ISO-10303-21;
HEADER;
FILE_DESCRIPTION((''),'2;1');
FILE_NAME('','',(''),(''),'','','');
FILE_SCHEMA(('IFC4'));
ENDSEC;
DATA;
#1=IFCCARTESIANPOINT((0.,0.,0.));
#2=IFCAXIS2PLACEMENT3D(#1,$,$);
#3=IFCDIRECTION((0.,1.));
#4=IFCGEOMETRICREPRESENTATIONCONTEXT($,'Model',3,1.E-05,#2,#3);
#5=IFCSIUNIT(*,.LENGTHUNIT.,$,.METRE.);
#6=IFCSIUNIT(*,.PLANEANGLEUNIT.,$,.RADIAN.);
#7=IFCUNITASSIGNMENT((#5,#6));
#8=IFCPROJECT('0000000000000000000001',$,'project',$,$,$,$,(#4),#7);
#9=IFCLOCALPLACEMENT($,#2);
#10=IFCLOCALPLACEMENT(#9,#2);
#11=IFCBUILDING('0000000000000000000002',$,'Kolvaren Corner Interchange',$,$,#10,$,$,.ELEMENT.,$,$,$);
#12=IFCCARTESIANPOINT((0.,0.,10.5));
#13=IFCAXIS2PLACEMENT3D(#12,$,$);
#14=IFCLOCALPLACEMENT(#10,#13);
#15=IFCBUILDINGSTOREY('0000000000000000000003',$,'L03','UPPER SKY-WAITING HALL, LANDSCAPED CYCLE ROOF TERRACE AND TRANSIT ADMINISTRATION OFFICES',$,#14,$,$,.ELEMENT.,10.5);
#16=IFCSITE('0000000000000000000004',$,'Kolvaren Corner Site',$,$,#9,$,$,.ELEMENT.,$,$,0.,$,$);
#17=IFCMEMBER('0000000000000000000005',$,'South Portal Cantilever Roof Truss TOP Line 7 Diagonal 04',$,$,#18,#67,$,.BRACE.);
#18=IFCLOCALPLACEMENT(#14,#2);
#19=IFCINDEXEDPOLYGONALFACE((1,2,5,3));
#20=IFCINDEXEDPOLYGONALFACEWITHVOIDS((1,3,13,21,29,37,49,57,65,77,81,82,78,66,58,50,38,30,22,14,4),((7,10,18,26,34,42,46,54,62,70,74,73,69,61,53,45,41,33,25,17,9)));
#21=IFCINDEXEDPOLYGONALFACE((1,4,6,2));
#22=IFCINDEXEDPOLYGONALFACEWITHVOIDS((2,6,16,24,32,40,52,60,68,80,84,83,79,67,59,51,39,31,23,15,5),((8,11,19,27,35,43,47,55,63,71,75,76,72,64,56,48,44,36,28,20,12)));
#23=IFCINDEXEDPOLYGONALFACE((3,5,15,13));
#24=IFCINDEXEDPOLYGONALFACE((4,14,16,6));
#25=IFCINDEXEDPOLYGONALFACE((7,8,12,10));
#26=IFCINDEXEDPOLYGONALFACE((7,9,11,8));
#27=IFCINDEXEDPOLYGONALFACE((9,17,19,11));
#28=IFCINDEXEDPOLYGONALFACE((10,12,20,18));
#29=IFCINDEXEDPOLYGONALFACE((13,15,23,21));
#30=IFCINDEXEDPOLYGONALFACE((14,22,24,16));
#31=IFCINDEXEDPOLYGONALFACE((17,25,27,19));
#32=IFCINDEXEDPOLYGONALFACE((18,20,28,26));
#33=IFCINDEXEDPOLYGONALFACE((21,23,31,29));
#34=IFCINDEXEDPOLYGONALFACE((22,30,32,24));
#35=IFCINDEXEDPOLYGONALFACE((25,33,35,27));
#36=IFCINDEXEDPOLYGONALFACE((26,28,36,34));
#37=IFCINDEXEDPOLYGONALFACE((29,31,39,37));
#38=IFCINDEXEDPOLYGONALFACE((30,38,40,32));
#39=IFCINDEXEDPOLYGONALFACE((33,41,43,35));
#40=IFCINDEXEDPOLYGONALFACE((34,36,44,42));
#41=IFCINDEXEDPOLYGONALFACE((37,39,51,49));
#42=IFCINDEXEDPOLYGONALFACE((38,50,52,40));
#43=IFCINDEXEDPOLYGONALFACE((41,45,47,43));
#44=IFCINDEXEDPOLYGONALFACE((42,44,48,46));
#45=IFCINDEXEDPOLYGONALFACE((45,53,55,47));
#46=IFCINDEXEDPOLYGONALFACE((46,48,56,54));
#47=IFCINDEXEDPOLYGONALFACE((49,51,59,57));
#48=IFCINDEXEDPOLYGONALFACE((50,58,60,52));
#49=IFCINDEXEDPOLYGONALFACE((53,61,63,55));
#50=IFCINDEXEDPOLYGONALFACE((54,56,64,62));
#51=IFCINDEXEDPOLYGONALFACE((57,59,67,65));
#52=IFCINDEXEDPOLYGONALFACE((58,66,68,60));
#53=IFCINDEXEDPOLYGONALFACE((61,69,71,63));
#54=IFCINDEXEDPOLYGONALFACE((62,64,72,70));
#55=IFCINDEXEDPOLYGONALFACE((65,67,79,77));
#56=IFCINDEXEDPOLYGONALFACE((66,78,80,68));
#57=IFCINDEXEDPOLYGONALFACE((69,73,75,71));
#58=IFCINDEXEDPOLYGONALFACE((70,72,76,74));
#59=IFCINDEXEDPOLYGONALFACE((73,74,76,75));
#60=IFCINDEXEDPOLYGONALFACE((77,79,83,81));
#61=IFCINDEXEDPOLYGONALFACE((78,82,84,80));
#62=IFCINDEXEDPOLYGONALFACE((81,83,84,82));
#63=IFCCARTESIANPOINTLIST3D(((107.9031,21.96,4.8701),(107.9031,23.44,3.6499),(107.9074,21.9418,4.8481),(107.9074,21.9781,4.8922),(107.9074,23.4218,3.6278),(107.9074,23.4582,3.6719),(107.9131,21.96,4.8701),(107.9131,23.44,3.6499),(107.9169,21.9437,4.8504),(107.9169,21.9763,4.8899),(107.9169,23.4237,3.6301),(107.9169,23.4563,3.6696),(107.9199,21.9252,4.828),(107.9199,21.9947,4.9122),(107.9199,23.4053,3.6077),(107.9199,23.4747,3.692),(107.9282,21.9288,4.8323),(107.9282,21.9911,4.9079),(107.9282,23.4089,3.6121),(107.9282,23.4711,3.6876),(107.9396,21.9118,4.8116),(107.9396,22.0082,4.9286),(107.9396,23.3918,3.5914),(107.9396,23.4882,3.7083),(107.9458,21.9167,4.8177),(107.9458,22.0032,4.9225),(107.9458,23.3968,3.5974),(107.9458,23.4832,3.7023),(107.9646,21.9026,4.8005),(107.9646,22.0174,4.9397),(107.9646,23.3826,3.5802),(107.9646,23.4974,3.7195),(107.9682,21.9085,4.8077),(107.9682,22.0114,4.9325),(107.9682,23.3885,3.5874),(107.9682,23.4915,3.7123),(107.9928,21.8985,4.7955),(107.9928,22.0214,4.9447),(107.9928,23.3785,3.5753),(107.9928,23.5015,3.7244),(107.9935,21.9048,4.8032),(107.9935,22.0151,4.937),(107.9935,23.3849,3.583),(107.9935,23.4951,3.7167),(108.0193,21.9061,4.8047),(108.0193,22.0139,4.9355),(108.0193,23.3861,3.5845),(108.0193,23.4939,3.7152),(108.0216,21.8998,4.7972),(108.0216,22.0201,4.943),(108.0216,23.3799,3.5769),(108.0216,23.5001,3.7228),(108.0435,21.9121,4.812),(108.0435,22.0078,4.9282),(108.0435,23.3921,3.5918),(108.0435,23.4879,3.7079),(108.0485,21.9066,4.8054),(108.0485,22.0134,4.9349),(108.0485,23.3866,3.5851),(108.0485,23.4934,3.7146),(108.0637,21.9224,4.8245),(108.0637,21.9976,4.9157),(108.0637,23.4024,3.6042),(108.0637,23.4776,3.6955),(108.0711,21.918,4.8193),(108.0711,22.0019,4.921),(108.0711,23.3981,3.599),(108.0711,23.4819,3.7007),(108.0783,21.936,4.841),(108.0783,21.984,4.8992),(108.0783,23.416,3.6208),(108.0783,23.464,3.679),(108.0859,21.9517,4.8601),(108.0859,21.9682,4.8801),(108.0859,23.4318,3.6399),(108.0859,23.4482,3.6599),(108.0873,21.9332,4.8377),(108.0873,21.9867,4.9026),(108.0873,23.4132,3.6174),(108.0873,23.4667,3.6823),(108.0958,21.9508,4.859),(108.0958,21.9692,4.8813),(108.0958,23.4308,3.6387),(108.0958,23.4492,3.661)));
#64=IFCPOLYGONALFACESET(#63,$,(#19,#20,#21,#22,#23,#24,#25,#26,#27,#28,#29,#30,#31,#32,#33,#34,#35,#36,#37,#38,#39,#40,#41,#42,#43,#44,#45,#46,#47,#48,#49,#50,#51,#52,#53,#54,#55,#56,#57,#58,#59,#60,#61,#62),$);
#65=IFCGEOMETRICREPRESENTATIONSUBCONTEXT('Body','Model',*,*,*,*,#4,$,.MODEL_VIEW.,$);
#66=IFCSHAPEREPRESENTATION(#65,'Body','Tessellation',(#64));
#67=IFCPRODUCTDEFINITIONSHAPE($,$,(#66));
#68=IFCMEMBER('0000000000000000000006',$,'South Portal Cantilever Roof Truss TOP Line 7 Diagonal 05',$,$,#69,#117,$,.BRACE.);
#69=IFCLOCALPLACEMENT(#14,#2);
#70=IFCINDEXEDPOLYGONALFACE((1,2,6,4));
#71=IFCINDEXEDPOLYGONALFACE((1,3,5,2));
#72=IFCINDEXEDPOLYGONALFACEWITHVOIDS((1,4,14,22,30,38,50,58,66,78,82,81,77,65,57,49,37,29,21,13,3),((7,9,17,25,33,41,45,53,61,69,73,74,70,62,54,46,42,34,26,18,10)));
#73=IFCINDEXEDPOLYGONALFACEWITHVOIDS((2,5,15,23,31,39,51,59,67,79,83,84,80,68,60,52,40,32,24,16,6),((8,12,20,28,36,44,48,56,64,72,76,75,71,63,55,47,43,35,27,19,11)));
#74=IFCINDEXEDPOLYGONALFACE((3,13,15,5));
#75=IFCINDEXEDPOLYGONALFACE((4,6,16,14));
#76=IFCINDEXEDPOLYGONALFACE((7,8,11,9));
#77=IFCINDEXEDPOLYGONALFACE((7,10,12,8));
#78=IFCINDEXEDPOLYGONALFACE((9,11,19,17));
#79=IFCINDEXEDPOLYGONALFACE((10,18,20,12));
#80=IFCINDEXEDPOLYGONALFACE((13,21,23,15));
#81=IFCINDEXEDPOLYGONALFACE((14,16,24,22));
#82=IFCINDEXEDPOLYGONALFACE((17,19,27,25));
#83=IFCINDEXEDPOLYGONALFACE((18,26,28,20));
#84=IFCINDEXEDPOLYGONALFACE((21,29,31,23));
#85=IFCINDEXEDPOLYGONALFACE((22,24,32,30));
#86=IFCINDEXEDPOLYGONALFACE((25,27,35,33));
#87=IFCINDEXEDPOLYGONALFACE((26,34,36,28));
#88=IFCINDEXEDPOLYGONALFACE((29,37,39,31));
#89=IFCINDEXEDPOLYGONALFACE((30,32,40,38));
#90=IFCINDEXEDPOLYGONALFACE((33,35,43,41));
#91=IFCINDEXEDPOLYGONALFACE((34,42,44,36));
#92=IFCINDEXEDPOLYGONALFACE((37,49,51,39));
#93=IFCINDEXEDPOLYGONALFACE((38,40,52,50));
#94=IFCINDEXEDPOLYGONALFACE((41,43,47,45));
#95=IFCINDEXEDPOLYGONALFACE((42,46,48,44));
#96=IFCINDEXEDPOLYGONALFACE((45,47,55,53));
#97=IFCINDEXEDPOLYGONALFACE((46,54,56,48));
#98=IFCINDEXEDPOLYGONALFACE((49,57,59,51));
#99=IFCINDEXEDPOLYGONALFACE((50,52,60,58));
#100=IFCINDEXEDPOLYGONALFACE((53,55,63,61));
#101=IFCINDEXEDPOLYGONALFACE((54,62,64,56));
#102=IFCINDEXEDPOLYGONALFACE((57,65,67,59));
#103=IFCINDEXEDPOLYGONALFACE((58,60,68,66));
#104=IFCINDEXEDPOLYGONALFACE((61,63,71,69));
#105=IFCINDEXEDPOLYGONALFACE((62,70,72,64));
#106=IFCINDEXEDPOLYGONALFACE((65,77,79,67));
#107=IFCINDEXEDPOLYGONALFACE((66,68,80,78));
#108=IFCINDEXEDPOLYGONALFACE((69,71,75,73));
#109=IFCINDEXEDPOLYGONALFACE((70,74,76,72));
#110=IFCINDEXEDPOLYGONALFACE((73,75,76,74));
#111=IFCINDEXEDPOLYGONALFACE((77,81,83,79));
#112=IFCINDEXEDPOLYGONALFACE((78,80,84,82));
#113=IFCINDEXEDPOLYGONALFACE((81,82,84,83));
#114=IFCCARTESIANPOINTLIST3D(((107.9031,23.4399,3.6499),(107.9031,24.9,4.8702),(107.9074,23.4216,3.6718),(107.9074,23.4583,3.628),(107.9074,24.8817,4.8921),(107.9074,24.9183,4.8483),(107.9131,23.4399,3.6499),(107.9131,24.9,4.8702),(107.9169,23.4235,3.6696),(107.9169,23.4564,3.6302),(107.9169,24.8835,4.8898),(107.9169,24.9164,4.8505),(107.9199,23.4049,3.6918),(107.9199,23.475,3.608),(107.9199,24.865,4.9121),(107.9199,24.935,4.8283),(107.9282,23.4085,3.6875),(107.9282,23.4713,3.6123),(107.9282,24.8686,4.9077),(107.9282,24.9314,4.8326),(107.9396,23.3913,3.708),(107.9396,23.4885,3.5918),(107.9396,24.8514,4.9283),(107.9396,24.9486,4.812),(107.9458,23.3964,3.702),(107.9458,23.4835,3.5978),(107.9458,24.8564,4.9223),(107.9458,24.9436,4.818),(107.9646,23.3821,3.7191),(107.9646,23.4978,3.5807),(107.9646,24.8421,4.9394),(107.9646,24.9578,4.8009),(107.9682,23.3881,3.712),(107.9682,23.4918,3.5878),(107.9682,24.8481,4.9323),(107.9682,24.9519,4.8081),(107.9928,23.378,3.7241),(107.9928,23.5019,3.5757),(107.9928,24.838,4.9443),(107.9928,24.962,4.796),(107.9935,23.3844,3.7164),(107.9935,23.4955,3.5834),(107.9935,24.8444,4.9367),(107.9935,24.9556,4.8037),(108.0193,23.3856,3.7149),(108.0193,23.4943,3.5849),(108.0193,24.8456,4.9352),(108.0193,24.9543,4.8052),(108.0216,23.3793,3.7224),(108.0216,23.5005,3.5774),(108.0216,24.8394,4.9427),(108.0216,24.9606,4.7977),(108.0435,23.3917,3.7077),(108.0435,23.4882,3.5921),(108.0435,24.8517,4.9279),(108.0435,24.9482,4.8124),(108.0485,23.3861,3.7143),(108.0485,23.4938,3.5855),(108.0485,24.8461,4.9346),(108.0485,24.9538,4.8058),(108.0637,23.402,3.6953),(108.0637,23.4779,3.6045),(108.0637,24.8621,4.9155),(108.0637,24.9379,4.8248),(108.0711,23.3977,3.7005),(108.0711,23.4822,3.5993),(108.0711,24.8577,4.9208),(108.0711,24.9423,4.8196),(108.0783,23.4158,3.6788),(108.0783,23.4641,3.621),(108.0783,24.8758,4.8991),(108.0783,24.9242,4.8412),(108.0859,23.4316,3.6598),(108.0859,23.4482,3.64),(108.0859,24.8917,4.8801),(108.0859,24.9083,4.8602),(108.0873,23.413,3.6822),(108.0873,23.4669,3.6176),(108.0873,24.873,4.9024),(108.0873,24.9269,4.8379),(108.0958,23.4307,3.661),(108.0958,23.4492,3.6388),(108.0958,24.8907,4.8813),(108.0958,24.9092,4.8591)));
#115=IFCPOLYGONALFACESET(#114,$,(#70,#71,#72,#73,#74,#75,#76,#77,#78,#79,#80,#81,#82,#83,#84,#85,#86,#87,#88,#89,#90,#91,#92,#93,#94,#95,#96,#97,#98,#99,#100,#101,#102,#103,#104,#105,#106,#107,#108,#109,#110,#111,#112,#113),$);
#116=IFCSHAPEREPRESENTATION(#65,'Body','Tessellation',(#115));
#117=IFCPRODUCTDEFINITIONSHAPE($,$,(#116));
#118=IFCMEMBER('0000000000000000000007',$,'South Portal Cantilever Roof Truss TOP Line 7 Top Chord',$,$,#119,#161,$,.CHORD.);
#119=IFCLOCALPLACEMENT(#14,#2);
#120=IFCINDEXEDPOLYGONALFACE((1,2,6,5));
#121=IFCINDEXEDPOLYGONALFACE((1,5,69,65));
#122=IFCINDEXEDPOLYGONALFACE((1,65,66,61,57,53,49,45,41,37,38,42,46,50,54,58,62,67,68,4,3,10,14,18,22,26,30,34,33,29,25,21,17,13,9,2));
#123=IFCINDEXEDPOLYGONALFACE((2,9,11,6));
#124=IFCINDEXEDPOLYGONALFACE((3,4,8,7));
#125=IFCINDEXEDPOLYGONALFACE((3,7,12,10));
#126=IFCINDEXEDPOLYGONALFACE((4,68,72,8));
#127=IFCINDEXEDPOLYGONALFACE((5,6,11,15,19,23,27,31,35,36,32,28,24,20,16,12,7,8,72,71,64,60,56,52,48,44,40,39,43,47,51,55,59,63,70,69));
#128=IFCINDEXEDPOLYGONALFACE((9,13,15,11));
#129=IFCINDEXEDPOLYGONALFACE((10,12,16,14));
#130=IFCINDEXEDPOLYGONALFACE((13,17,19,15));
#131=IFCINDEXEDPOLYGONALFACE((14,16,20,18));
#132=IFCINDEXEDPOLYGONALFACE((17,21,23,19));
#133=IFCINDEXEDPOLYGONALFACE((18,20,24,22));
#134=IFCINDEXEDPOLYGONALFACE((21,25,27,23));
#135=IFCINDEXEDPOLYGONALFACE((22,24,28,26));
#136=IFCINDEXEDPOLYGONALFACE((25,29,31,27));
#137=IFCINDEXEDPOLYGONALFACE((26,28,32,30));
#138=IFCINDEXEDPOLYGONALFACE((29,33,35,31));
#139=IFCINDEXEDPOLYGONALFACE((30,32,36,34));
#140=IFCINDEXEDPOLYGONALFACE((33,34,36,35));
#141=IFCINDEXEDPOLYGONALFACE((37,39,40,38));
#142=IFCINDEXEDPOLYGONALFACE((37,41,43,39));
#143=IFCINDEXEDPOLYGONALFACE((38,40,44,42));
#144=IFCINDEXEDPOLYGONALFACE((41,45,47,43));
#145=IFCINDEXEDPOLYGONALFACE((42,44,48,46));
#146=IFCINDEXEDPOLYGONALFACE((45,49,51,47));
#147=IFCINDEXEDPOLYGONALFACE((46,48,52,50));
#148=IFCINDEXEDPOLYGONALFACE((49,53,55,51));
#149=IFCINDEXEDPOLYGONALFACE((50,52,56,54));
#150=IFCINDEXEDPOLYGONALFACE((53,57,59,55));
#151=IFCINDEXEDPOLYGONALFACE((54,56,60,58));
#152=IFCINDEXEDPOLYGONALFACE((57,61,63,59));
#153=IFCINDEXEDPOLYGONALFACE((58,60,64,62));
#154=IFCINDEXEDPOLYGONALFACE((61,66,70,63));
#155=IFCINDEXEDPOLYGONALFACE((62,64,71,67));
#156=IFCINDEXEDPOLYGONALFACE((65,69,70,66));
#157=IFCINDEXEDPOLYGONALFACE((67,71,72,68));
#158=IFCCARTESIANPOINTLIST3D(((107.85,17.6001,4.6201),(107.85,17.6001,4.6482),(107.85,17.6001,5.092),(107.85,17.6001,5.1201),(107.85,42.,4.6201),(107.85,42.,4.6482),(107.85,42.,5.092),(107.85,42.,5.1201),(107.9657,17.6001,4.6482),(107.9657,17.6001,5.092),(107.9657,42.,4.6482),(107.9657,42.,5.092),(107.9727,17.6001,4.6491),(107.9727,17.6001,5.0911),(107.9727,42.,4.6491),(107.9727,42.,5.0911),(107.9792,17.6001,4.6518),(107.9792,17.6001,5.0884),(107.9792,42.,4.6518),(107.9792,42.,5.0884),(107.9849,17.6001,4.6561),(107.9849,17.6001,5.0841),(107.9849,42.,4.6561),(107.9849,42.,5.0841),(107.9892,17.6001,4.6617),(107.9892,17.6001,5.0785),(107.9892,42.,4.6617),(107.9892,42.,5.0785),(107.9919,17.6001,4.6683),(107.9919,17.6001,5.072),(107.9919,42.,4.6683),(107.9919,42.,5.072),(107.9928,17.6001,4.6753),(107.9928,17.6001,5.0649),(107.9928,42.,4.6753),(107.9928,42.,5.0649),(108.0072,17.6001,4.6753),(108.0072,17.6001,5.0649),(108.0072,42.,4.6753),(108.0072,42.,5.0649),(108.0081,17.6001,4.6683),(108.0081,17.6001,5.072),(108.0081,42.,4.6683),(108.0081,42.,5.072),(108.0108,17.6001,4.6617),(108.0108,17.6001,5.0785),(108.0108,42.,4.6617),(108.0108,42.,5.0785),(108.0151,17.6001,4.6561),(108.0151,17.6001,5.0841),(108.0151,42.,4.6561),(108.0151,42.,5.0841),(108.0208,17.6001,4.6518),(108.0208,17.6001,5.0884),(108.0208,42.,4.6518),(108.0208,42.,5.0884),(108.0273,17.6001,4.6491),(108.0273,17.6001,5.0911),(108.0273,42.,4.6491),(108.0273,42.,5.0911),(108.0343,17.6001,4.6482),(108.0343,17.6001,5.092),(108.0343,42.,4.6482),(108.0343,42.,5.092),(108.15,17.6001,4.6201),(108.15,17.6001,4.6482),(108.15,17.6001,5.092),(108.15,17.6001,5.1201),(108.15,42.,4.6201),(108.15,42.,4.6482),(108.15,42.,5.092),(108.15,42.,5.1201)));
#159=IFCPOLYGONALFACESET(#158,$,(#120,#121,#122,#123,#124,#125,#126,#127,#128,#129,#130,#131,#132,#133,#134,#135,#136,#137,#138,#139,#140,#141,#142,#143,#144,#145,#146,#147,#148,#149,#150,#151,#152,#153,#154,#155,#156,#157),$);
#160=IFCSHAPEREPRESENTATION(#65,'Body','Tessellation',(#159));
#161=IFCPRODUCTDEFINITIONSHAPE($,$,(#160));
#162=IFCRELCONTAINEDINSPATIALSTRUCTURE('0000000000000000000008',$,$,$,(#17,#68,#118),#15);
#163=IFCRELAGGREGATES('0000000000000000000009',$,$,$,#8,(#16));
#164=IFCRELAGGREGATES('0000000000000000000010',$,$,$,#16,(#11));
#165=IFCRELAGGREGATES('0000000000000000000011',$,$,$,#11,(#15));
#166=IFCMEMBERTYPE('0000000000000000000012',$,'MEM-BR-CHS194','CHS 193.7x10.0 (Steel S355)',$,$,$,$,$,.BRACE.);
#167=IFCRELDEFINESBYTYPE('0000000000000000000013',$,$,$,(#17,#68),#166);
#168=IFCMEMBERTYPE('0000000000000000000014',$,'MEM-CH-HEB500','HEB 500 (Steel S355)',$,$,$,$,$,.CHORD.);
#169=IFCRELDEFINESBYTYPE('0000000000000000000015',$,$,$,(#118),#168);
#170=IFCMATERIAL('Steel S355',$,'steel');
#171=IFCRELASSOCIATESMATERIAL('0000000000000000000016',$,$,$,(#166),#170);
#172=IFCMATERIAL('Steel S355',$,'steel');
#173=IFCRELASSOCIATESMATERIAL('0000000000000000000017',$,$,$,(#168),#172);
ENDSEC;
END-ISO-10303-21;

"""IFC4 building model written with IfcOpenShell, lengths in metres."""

from ifc_helpers import new_model, si_unit, direction, frame, origin, origin_2d, place, context, subcontext, project, spatial, hollow_circle, i_section, extrude, material, material_profile, profile_set, type_object, element, save


model = new_model("IFC4")

# Units and contexts
model_context = context("Model", 3, precision=1e-05, world=origin(), true_north=direction((0.0, 1.0)))
body_context = subcontext(model_context, "Body", "Model", "MODEL_VIEW")
ifc_project = project(units=[si_unit("LENGTHUNIT", "METRE"), si_unit("PLANEANGLEUNIT", "RADIAN")], contexts=[model_context])

# Site, building, storey
site_placement = place(None, origin())
site = spatial("IfcSite", under=ifc_project, at=site_placement, Name="Kolvaren Corner Site", CompositionType="ELEMENT", RefElevation=0.0)
building_placement = place(site_placement, origin())
building = spatial("IfcBuilding", under=site, at=building_placement, Name="Kolvaren Corner Interchange", CompositionType="ELEMENT")
storey_placement = place(building_placement, frame((0.0, 0.0, 10.5)))
storey = spatial("IfcBuildingStorey", under=building, at=storey_placement, Name="L03", Description="UPPER SKY-WAITING HALL, LANDSCAPED CYCLE ROOF TERRACE AND TRANSIT ADMINISTRATION OFFICES", CompositionType="ELEMENT", Elevation=10.5)

# Members
ifc_material_1 = material(Name="Steel S355", Category="steel")
ifc_material_profile_1 = material_profile(ifc_material_1, hollow_circle(Radius=0.0969, WallThickness=0.01, at=origin_2d()), Name="CHS 193.7x10.0")
ifc_profile_set_1 = profile_set([ifc_material_profile_1], Name="Steel S355")
member_type_1 = type_object("IfcMemberType", Name="MEM-BR-CHS194", Description="CHS 193.7x10.0 (Steel S355)", PredefinedType="BRACE", material=ifc_profile_set_1)
for number, where, z_axis, x_axis, name in (
    (1, (108.0, 21.96, 4.8701), (0.0, 0.77157, -0.636144), (-1.0, 0.0, 0.0), "South Portal Cantilever Roof Truss TOP Line 7 Diagonal 04"),
):
    element("IfcMember", number, at=place(storey_placement, frame(where, z_axis=z_axis, x_axis=x_axis)), inside=storey, type_object=member_type_1, Name=name, PredefinedType="BRACE", context=body_context, shape_type="SweptSolid", body=[
        extrude(hollow_circle(Radius=0.0969, WallThickness=0.01, at=origin_2d()), origin(), (0.0, 0.0, 1.0), 1.9182),
    ])
member_1_placement = place(storey_placement, frame((108.0, 23.4399, 3.6499), z_axis=(0.0, 0.767295, 0.641294), x_axis=(-1.0, 0.0, 0.0)))
element("IfcMember", 2, at=member_1_placement, inside=storey, type_object=member_type_1, Name="South Portal Cantilever Roof Truss TOP Line 7 Diagonal 05", PredefinedType="BRACE", context=body_context, shape_type="SweptSolid", body=[
    extrude(hollow_circle(Radius=0.0969, WallThickness=0.01, at=origin_2d()), origin(), (0.0, 0.0, 1.0), 1.9028),
])
ifc_material_2 = material(Name="Steel S355", Category="steel")
ifc_material_profile_2 = material_profile(ifc_material_2, i_section(OverallWidth=0.3, OverallDepth=0.5, WebThickness=0.0144, FlangeThickness=0.0281, FilletRadius=0.0271, at=origin_2d()), Name="HEB 500")
ifc_profile_set_2 = profile_set([ifc_material_profile_2], Name="Steel S355")
member_type_2 = type_object("IfcMemberType", Name="MEM-CH-HEB500", Description="HEB 500 (Steel S355)", PredefinedType="CHORD", material=ifc_profile_set_2)
for number, where, z_axis, x_axis, name in (
    (3, (108.0, 17.6001, 4.8701), (0.0, 1.0, 0.0), (-1.0, 0.0, 0.0), "South Portal Cantilever Roof Truss TOP Line 7 Top Chord"),
):
    element("IfcMember", number, at=place(storey_placement, frame(where, z_axis=z_axis, x_axis=x_axis)), inside=storey, type_object=member_type_2, Name=name, PredefinedType="CHORD", context=body_context, shape_type="SweptSolid", body=[
        extrude(i_section(OverallWidth=0.3, OverallDepth=0.5, WebThickness=0.0144, FlangeThickness=0.0281, FilletRadius=0.0271, at=origin_2d()), origin(), (0.0, 0.0, 1.0), 24.3999),
    ])

save(model, "model.ifc")
